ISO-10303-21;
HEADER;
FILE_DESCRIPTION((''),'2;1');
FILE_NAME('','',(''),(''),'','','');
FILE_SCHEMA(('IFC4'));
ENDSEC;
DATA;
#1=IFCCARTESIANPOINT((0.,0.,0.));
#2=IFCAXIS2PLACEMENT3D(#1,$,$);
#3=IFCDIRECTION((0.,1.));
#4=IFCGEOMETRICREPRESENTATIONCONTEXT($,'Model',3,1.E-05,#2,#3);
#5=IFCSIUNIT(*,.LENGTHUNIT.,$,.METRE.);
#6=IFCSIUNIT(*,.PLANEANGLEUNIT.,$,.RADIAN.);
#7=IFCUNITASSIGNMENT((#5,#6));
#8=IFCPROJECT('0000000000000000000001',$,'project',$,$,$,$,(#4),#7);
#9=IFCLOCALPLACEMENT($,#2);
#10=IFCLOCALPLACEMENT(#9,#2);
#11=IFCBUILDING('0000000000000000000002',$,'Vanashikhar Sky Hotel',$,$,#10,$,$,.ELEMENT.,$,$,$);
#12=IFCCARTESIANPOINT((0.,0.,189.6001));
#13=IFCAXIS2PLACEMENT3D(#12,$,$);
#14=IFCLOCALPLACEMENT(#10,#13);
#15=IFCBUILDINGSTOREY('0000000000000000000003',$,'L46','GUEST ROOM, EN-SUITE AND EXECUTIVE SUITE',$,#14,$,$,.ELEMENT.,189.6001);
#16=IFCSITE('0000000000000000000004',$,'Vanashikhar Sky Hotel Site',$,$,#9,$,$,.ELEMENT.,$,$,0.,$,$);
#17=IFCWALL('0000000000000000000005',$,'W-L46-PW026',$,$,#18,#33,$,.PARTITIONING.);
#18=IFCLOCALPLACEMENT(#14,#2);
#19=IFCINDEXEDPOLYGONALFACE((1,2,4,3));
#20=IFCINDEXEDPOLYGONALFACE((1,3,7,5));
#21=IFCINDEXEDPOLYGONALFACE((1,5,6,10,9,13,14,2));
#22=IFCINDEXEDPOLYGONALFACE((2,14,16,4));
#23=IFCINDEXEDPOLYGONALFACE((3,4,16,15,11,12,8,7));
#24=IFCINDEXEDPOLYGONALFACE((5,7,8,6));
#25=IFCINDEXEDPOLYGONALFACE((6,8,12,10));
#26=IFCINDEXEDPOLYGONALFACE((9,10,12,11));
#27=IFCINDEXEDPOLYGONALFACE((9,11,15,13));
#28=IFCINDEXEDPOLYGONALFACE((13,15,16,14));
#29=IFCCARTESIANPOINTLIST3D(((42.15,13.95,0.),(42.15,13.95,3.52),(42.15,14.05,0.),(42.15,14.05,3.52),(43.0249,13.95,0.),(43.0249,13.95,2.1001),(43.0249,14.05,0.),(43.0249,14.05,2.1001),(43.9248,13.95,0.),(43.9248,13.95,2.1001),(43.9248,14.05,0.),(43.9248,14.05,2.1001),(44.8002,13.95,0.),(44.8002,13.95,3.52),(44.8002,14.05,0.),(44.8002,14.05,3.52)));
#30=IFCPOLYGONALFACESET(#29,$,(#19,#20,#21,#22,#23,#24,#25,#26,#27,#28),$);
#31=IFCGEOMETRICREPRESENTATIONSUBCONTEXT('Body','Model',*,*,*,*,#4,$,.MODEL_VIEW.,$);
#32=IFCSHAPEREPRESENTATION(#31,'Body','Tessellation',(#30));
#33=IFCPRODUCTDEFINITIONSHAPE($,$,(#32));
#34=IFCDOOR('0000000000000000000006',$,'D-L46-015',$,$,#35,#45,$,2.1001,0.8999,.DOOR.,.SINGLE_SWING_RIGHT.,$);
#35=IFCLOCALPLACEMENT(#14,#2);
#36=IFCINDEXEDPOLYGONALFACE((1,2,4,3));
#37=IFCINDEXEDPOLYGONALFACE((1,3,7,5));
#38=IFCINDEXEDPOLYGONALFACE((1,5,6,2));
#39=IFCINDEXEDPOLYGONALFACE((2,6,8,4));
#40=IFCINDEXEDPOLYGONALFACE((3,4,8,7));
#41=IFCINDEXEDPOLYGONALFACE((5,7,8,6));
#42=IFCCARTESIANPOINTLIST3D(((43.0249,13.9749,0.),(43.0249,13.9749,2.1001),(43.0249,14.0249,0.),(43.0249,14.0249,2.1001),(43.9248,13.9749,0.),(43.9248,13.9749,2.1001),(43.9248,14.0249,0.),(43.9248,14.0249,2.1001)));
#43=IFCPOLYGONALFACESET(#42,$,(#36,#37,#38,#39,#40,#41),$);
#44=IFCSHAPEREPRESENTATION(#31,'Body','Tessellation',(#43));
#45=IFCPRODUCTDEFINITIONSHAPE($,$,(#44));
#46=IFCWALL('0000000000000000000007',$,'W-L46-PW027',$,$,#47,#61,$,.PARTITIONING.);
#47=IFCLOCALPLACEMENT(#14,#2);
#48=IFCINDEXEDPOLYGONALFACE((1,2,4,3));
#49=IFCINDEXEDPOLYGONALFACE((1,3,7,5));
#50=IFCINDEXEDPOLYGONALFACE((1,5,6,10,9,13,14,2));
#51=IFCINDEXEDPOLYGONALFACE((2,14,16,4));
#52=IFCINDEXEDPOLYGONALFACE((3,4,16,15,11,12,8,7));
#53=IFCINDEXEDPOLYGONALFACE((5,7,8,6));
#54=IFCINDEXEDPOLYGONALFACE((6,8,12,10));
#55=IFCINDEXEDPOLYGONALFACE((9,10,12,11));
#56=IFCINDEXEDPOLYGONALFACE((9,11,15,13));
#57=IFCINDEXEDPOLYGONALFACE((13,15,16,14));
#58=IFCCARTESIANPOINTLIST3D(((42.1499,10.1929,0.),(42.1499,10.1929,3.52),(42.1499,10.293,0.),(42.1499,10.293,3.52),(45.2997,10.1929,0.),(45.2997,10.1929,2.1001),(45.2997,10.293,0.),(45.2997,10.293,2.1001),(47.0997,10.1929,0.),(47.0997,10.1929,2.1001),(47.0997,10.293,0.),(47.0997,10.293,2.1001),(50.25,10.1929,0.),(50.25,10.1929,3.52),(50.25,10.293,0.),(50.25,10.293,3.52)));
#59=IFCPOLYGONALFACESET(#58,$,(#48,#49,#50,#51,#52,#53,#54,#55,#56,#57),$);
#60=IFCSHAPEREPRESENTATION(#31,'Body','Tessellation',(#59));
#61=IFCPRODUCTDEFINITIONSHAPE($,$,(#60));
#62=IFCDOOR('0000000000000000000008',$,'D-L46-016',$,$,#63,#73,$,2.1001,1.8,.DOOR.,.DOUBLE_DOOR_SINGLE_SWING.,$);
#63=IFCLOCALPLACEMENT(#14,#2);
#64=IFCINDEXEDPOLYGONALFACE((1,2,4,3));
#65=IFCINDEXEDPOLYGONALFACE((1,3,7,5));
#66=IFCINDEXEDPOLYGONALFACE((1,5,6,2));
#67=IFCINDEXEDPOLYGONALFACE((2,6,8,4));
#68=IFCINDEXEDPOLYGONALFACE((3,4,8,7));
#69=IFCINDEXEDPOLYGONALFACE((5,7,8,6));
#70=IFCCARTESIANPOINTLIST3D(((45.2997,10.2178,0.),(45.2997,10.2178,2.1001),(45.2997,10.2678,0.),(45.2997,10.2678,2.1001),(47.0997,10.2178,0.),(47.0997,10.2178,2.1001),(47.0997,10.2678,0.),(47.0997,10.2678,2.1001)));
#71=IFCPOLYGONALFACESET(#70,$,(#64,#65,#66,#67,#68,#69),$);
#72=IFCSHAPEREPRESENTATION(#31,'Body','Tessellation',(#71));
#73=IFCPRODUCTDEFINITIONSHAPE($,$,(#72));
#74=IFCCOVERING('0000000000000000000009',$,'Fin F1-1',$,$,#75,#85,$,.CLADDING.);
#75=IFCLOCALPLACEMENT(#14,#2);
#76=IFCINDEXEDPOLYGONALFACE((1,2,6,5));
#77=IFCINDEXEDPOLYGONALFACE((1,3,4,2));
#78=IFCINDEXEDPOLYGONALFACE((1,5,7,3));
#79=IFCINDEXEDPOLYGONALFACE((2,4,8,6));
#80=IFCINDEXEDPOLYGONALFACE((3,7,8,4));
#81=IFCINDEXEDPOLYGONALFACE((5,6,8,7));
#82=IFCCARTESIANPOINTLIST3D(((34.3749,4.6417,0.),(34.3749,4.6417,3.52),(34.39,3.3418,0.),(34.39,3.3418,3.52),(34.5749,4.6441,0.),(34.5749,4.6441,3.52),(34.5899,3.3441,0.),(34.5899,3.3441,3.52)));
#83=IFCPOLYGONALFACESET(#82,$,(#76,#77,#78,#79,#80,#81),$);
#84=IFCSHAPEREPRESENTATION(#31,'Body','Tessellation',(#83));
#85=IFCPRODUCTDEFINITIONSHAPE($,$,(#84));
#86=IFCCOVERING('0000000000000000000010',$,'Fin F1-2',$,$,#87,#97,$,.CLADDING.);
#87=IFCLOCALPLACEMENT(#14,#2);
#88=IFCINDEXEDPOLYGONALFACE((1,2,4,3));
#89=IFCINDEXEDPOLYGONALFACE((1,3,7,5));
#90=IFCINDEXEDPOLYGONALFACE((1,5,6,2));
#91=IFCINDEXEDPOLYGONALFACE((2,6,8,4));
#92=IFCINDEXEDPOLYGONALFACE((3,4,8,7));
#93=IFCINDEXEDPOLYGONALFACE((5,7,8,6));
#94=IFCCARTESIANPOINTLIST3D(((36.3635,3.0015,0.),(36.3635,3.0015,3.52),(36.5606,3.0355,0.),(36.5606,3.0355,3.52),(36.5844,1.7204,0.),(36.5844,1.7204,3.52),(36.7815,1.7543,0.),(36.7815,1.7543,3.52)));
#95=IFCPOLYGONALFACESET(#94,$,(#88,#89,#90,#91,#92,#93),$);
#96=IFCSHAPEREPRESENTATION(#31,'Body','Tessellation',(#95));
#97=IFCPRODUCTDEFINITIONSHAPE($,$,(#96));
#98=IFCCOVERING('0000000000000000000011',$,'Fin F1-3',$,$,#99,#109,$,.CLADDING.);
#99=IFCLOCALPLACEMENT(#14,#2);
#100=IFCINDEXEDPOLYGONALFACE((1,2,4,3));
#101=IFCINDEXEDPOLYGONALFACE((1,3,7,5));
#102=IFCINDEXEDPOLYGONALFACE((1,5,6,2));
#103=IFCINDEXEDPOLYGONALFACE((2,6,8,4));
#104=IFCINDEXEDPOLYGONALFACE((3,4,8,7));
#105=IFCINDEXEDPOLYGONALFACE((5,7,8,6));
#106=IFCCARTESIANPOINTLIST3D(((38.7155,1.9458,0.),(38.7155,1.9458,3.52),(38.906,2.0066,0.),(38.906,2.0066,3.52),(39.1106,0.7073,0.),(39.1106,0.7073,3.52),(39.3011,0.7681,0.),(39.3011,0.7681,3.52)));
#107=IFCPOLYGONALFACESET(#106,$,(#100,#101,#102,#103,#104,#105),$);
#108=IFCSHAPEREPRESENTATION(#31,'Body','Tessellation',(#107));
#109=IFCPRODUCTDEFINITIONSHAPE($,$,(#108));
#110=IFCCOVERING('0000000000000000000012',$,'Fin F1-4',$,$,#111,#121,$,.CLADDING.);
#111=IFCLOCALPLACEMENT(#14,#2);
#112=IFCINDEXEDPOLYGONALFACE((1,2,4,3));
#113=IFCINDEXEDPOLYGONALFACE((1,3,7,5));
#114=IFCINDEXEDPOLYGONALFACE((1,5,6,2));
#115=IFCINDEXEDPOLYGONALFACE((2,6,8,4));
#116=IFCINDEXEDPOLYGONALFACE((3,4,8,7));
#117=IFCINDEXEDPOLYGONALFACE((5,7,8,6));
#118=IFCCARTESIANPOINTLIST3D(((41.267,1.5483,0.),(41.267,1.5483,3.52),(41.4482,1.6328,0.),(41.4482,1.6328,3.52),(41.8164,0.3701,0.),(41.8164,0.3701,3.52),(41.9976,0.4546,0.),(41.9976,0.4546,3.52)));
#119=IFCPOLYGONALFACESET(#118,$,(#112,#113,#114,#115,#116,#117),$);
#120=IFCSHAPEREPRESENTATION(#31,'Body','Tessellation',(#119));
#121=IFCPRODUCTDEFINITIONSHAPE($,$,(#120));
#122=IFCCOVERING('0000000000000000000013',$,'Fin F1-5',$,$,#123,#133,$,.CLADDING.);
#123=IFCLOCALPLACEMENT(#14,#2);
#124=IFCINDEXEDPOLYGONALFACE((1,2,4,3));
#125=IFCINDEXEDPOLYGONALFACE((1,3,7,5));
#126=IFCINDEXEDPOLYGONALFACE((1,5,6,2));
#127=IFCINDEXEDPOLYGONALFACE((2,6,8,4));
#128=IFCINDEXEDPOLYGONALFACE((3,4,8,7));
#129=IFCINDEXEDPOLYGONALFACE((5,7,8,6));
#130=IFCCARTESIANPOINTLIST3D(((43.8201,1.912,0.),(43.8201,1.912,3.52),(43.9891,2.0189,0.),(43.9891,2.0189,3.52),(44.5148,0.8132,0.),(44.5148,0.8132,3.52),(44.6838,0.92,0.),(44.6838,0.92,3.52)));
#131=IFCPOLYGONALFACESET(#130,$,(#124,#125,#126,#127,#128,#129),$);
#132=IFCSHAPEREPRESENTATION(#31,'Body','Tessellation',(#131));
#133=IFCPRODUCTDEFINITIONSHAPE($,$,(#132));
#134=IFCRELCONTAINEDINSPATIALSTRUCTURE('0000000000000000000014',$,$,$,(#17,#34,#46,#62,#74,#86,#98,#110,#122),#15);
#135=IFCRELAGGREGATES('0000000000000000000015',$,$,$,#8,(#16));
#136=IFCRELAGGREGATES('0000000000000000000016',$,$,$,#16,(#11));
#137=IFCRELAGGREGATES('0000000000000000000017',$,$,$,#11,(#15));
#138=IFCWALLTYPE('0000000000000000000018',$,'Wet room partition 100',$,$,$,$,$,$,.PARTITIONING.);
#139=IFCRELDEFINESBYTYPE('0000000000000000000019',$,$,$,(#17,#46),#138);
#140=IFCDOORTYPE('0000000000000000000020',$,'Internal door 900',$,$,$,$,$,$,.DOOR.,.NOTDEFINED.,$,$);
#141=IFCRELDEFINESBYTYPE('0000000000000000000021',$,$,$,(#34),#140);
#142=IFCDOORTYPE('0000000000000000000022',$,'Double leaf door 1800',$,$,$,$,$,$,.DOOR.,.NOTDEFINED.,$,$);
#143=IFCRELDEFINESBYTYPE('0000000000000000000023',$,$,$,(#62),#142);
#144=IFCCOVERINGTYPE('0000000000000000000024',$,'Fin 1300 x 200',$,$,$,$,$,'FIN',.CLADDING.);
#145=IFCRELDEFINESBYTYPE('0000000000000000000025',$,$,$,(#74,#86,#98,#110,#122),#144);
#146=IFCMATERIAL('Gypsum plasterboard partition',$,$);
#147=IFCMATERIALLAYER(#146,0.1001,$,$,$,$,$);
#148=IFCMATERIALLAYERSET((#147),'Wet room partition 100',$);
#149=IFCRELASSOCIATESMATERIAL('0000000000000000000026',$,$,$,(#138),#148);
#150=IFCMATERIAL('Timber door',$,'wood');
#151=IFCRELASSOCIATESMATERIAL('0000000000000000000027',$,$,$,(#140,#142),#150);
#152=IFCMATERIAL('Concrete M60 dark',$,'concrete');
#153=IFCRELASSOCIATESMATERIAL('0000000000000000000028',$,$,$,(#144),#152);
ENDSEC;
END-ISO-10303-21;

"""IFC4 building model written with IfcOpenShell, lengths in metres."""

from ifc_helpers import new_model, si_unit, direction, frame, frame_2d, origin, origin_2d, place, context, subcontext, project, spatial, rectangle, extrude, source, transform, mapped, material, layer, layer_set, material_profile, profile_set, type_object, element, fill, save


model = new_model("IFC4")

# Units and contexts
model_context = context("Model", 3, precision=1e-05, world=origin(), true_north=direction((0.0, 1.0)))
body_context = subcontext(model_context, "Body", "Model", "MODEL_VIEW")
ifc_project = project(units=[si_unit("LENGTHUNIT", "METRE"), si_unit("PLANEANGLEUNIT", "RADIAN")], contexts=[model_context])

# Site, building, storey
site_placement = place(None, origin())
site = spatial("IfcSite", under=ifc_project, at=site_placement, Name="Vanashikhar Sky Hotel Site", CompositionType="ELEMENT", RefElevation=0.0)
building_placement = place(site_placement, origin())
building = spatial("IfcBuilding", under=site, at=building_placement, Name="Vanashikhar Sky Hotel", CompositionType="ELEMENT")
storey_placement = place(building_placement, frame((0.0, 0.0, 189.6001)))
storey = spatial("IfcBuildingStorey", under=building, at=storey_placement, Name="L46", Description="GUEST ROOM, EN-SUITE AND EXECUTIVE SUITE", CompositionType="ELEMENT", Elevation=189.6001)

# Shared definitions
ifc_material_1 = material(Name="Gypsum plasterboard partition")

# Shared definitions
ifc_layer_1 = layer(ifc_material_1, 0.1001)
ifc_layer_set_1 = layer_set([ifc_layer_1], Name="Wet room partition 100")
wall_type_1 = type_object("IfcWallType", Name="Wet room partition 100", PredefinedType="PARTITIONING", material=ifc_layer_set_1)
shared_shape_1 = source(origin(), body_context, "Body", "SweptSolid", [
    extrude(rectangle(XDim=0.8999, YDim=2.1001, at=frame_2d((0.45, 1.05))), frame((0.0, 0.0601, 0.0), z_axis=(0.0, -1.0, 0.0), x_axis=(1.0, 0.0, 0.0)), (0.0, 0.0, 1.0), 0.1201),
])
ifc_material_2 = material(Name="Timber door", Category="wood")
door_type_1 = type_object("IfcDoorType", Name="Internal door 900", OperationType="NOTDEFINED", PredefinedType="DOOR", material=ifc_material_2)
shared_shape_2 = source(origin(), body_context, "Body", "SweptSolid", [
    extrude(rectangle(XDim=0.8999, YDim=2.1001, at=frame_2d((0.45, 1.05))), frame((0.0, 0.0249, 0.0), z_axis=(0.0, -1.0, 0.0), x_axis=(1.0, 0.0, 0.0)), (0.0, 0.0, 1.0), 0.05),
])

# Walls, openings, doors
shared_shape_3 = source(origin(), body_context, "Body", "SweptSolid", [
    extrude(rectangle(XDim=2.6501, YDim=0.1001, at=frame_2d((1.3252, 0.0))), origin(), (0.0, 0.0, 1.0), 3.52),
])
wall_1_placement = place(storey_placement, frame((42.1499, 14.0, 0.0), z_axis=(0.0, 0.0, 1.0), x_axis=(1.0, 0.0, 0.0)))
wall_1 = element("IfcWall", 1, at=wall_1_placement, inside=storey, type_object=wall_type_1, Name="W-L46-PW026", PredefinedType="PARTITIONING", context=body_context, shape_type="MappedRepresentation", body=[
    mapped(shared_shape_3, transform((0.0, 0.0, 0.0), scale=1.0)),
])
opening_1_placement = place(wall_1_placement, frame((0.875, 0.0, 0.0)))
opening_1 = element("IfcOpeningElement", 2, at=opening_1_placement, cuts=wall_1, PredefinedType="OPENING", context=body_context, shape_type="MappedRepresentation", body=[
    mapped(shared_shape_1, transform((0.0, 0.0, 0.0), scale=1.0)),
])
door_1_placement = place(opening_1_placement, origin())
door_1 = element("IfcDoor", 3, at=door_1_placement, inside=storey, type_object=door_type_1, Name="D-L46-015", OperationType="SINGLE_SWING_RIGHT", OverallHeight=2.1001, OverallWidth=0.8999, PredefinedType="DOOR", context=body_context, shape_type="MappedRepresentation", body=[
    mapped(shared_shape_2, transform((0.0, 0.0, 0.0), scale=1.0)),
])
fill(opening_1, door_1)
shared_shape_4 = source(origin(), body_context, "Body", "SweptSolid", [
    extrude(rectangle(XDim=8.1001, YDim=0.1001, at=frame_2d((4.05, 0.0))), origin(), (0.0, 0.0, 1.0), 3.52),
])
wall_2_placement = place(storey_placement, frame((42.1499, 10.2429, 0.0), z_axis=(0.0, 0.0, 1.0), x_axis=(1.0, 0.0, 0.0)))
wall_2 = element("IfcWall", 4, at=wall_2_placement, inside=storey, type_object=wall_type_1, Name="W-L46-PW027", PredefinedType="PARTITIONING", context=body_context, shape_type="MappedRepresentation", body=[
    mapped(shared_shape_4, transform((0.0, 0.0, 0.0), scale=1.0)),
])
shared_shape_5 = source(origin(), body_context, "Body", "SweptSolid", [
    extrude(rectangle(XDim=1.8, YDim=2.1001, at=frame_2d((0.8999, 1.05))), frame((0.0, 0.0601, 0.0), z_axis=(0.0, -1.0, 0.0), x_axis=(1.0, 0.0, 0.0)), (0.0, 0.0, 1.0), 0.1201),
])
opening_2_placement = place(wall_2_placement, frame((3.1499, 0.0, 0.0)))
opening_2 = element("IfcOpeningElement", 5, at=opening_2_placement, cuts=wall_2, PredefinedType="OPENING", context=body_context, shape_type="MappedRepresentation", body=[
    mapped(shared_shape_5, transform((0.0, 0.0, 0.0), scale=1.0)),
])
door_type_2 = type_object("IfcDoorType", Name="Double leaf door 1800", OperationType="NOTDEFINED", PredefinedType="DOOR", material=ifc_material_2)
shared_shape_6 = source(origin(), body_context, "Body", "SweptSolid", [
    extrude(rectangle(XDim=1.8, YDim=2.1001, at=frame_2d((0.8999, 1.05))), frame((0.0, 0.0249, 0.0), z_axis=(0.0, -1.0, 0.0), x_axis=(1.0, 0.0, 0.0)), (0.0, 0.0, 1.0), 0.05),
])
door_2_placement = place(opening_2_placement, origin())
door_2 = element("IfcDoor", 6, at=door_2_placement, inside=storey, type_object=door_type_2, Name="D-L46-016", OperationType="DOUBLE_DOOR_SINGLE_SWING", OverallHeight=2.1001, OverallWidth=1.8, PredefinedType="DOOR", context=body_context, shape_type="MappedRepresentation", body=[
    mapped(shared_shape_6, transform((0.0, 0.0, 0.0), scale=1.0)),
])
fill(opening_2, door_2)

# Coverings
ifc_material_3 = material(Name="Concrete M60 dark", Category="concrete")
ifc_material_profile_1 = material_profile(ifc_material_3, rectangle(XDim=1.3, YDim=0.2, at=origin_2d()))
ifc_profile_set_1 = profile_set([ifc_material_profile_1], Name="Fin 1300 x 200")
covering_type = type_object("IfcCoveringType", Name="Fin 1300 x 200", ElementType="FIN", PredefinedType="CLADDING", material=ifc_profile_set_1)
shared_shape_7 = source(origin(), body_context, "Body", "SweptSolid", [
    extrude(rectangle(XDim=1.3, YDim=0.2, at=origin_2d()), origin(), (0.0, 0.0, 1.0), 3.52),
])
for number, where, z_axis, x_axis, name in (
    (7, (34.4824, 3.9929, 0.0), (0.0, 0.0, 1.0), (0.011589, -0.999933, 0.0), "Fin F1-1"),
    (8, (36.5725, 2.3779, 0.0), (0.0, 0.0, 1.0), (0.1699, -0.985461, 0.0), "Fin F1-2"),
    (9, (39.0083, 1.3569, 0.0), (0.0, 0.0, 1.0), (0.303967, -0.952683, 0.0), "Fin F1-3"),
    (10, (41.6323, 1.0015, 0.0), (0.0, 0.0, 1.0), (0.422618, -0.906308, 0.0), "Fin F1-4"),
    (11, (44.252, 1.416, 0.0), (0.0, 0.0, 1.0), (0.534411, -0.845225, 0.0), "Fin F1-5"),
):
    element("IfcCovering", number, at=place(storey_placement, frame(where, z_axis=z_axis, x_axis=x_axis)), inside=storey, type_object=covering_type, Name=name, PredefinedType="CLADDING", context=body_context, shape_type="MappedRepresentation", body=[
        mapped(shared_shape_7, transform((0.0, 0.0, 0.0), scale=1.0)),
    ])

save(model, "model.ifc")
